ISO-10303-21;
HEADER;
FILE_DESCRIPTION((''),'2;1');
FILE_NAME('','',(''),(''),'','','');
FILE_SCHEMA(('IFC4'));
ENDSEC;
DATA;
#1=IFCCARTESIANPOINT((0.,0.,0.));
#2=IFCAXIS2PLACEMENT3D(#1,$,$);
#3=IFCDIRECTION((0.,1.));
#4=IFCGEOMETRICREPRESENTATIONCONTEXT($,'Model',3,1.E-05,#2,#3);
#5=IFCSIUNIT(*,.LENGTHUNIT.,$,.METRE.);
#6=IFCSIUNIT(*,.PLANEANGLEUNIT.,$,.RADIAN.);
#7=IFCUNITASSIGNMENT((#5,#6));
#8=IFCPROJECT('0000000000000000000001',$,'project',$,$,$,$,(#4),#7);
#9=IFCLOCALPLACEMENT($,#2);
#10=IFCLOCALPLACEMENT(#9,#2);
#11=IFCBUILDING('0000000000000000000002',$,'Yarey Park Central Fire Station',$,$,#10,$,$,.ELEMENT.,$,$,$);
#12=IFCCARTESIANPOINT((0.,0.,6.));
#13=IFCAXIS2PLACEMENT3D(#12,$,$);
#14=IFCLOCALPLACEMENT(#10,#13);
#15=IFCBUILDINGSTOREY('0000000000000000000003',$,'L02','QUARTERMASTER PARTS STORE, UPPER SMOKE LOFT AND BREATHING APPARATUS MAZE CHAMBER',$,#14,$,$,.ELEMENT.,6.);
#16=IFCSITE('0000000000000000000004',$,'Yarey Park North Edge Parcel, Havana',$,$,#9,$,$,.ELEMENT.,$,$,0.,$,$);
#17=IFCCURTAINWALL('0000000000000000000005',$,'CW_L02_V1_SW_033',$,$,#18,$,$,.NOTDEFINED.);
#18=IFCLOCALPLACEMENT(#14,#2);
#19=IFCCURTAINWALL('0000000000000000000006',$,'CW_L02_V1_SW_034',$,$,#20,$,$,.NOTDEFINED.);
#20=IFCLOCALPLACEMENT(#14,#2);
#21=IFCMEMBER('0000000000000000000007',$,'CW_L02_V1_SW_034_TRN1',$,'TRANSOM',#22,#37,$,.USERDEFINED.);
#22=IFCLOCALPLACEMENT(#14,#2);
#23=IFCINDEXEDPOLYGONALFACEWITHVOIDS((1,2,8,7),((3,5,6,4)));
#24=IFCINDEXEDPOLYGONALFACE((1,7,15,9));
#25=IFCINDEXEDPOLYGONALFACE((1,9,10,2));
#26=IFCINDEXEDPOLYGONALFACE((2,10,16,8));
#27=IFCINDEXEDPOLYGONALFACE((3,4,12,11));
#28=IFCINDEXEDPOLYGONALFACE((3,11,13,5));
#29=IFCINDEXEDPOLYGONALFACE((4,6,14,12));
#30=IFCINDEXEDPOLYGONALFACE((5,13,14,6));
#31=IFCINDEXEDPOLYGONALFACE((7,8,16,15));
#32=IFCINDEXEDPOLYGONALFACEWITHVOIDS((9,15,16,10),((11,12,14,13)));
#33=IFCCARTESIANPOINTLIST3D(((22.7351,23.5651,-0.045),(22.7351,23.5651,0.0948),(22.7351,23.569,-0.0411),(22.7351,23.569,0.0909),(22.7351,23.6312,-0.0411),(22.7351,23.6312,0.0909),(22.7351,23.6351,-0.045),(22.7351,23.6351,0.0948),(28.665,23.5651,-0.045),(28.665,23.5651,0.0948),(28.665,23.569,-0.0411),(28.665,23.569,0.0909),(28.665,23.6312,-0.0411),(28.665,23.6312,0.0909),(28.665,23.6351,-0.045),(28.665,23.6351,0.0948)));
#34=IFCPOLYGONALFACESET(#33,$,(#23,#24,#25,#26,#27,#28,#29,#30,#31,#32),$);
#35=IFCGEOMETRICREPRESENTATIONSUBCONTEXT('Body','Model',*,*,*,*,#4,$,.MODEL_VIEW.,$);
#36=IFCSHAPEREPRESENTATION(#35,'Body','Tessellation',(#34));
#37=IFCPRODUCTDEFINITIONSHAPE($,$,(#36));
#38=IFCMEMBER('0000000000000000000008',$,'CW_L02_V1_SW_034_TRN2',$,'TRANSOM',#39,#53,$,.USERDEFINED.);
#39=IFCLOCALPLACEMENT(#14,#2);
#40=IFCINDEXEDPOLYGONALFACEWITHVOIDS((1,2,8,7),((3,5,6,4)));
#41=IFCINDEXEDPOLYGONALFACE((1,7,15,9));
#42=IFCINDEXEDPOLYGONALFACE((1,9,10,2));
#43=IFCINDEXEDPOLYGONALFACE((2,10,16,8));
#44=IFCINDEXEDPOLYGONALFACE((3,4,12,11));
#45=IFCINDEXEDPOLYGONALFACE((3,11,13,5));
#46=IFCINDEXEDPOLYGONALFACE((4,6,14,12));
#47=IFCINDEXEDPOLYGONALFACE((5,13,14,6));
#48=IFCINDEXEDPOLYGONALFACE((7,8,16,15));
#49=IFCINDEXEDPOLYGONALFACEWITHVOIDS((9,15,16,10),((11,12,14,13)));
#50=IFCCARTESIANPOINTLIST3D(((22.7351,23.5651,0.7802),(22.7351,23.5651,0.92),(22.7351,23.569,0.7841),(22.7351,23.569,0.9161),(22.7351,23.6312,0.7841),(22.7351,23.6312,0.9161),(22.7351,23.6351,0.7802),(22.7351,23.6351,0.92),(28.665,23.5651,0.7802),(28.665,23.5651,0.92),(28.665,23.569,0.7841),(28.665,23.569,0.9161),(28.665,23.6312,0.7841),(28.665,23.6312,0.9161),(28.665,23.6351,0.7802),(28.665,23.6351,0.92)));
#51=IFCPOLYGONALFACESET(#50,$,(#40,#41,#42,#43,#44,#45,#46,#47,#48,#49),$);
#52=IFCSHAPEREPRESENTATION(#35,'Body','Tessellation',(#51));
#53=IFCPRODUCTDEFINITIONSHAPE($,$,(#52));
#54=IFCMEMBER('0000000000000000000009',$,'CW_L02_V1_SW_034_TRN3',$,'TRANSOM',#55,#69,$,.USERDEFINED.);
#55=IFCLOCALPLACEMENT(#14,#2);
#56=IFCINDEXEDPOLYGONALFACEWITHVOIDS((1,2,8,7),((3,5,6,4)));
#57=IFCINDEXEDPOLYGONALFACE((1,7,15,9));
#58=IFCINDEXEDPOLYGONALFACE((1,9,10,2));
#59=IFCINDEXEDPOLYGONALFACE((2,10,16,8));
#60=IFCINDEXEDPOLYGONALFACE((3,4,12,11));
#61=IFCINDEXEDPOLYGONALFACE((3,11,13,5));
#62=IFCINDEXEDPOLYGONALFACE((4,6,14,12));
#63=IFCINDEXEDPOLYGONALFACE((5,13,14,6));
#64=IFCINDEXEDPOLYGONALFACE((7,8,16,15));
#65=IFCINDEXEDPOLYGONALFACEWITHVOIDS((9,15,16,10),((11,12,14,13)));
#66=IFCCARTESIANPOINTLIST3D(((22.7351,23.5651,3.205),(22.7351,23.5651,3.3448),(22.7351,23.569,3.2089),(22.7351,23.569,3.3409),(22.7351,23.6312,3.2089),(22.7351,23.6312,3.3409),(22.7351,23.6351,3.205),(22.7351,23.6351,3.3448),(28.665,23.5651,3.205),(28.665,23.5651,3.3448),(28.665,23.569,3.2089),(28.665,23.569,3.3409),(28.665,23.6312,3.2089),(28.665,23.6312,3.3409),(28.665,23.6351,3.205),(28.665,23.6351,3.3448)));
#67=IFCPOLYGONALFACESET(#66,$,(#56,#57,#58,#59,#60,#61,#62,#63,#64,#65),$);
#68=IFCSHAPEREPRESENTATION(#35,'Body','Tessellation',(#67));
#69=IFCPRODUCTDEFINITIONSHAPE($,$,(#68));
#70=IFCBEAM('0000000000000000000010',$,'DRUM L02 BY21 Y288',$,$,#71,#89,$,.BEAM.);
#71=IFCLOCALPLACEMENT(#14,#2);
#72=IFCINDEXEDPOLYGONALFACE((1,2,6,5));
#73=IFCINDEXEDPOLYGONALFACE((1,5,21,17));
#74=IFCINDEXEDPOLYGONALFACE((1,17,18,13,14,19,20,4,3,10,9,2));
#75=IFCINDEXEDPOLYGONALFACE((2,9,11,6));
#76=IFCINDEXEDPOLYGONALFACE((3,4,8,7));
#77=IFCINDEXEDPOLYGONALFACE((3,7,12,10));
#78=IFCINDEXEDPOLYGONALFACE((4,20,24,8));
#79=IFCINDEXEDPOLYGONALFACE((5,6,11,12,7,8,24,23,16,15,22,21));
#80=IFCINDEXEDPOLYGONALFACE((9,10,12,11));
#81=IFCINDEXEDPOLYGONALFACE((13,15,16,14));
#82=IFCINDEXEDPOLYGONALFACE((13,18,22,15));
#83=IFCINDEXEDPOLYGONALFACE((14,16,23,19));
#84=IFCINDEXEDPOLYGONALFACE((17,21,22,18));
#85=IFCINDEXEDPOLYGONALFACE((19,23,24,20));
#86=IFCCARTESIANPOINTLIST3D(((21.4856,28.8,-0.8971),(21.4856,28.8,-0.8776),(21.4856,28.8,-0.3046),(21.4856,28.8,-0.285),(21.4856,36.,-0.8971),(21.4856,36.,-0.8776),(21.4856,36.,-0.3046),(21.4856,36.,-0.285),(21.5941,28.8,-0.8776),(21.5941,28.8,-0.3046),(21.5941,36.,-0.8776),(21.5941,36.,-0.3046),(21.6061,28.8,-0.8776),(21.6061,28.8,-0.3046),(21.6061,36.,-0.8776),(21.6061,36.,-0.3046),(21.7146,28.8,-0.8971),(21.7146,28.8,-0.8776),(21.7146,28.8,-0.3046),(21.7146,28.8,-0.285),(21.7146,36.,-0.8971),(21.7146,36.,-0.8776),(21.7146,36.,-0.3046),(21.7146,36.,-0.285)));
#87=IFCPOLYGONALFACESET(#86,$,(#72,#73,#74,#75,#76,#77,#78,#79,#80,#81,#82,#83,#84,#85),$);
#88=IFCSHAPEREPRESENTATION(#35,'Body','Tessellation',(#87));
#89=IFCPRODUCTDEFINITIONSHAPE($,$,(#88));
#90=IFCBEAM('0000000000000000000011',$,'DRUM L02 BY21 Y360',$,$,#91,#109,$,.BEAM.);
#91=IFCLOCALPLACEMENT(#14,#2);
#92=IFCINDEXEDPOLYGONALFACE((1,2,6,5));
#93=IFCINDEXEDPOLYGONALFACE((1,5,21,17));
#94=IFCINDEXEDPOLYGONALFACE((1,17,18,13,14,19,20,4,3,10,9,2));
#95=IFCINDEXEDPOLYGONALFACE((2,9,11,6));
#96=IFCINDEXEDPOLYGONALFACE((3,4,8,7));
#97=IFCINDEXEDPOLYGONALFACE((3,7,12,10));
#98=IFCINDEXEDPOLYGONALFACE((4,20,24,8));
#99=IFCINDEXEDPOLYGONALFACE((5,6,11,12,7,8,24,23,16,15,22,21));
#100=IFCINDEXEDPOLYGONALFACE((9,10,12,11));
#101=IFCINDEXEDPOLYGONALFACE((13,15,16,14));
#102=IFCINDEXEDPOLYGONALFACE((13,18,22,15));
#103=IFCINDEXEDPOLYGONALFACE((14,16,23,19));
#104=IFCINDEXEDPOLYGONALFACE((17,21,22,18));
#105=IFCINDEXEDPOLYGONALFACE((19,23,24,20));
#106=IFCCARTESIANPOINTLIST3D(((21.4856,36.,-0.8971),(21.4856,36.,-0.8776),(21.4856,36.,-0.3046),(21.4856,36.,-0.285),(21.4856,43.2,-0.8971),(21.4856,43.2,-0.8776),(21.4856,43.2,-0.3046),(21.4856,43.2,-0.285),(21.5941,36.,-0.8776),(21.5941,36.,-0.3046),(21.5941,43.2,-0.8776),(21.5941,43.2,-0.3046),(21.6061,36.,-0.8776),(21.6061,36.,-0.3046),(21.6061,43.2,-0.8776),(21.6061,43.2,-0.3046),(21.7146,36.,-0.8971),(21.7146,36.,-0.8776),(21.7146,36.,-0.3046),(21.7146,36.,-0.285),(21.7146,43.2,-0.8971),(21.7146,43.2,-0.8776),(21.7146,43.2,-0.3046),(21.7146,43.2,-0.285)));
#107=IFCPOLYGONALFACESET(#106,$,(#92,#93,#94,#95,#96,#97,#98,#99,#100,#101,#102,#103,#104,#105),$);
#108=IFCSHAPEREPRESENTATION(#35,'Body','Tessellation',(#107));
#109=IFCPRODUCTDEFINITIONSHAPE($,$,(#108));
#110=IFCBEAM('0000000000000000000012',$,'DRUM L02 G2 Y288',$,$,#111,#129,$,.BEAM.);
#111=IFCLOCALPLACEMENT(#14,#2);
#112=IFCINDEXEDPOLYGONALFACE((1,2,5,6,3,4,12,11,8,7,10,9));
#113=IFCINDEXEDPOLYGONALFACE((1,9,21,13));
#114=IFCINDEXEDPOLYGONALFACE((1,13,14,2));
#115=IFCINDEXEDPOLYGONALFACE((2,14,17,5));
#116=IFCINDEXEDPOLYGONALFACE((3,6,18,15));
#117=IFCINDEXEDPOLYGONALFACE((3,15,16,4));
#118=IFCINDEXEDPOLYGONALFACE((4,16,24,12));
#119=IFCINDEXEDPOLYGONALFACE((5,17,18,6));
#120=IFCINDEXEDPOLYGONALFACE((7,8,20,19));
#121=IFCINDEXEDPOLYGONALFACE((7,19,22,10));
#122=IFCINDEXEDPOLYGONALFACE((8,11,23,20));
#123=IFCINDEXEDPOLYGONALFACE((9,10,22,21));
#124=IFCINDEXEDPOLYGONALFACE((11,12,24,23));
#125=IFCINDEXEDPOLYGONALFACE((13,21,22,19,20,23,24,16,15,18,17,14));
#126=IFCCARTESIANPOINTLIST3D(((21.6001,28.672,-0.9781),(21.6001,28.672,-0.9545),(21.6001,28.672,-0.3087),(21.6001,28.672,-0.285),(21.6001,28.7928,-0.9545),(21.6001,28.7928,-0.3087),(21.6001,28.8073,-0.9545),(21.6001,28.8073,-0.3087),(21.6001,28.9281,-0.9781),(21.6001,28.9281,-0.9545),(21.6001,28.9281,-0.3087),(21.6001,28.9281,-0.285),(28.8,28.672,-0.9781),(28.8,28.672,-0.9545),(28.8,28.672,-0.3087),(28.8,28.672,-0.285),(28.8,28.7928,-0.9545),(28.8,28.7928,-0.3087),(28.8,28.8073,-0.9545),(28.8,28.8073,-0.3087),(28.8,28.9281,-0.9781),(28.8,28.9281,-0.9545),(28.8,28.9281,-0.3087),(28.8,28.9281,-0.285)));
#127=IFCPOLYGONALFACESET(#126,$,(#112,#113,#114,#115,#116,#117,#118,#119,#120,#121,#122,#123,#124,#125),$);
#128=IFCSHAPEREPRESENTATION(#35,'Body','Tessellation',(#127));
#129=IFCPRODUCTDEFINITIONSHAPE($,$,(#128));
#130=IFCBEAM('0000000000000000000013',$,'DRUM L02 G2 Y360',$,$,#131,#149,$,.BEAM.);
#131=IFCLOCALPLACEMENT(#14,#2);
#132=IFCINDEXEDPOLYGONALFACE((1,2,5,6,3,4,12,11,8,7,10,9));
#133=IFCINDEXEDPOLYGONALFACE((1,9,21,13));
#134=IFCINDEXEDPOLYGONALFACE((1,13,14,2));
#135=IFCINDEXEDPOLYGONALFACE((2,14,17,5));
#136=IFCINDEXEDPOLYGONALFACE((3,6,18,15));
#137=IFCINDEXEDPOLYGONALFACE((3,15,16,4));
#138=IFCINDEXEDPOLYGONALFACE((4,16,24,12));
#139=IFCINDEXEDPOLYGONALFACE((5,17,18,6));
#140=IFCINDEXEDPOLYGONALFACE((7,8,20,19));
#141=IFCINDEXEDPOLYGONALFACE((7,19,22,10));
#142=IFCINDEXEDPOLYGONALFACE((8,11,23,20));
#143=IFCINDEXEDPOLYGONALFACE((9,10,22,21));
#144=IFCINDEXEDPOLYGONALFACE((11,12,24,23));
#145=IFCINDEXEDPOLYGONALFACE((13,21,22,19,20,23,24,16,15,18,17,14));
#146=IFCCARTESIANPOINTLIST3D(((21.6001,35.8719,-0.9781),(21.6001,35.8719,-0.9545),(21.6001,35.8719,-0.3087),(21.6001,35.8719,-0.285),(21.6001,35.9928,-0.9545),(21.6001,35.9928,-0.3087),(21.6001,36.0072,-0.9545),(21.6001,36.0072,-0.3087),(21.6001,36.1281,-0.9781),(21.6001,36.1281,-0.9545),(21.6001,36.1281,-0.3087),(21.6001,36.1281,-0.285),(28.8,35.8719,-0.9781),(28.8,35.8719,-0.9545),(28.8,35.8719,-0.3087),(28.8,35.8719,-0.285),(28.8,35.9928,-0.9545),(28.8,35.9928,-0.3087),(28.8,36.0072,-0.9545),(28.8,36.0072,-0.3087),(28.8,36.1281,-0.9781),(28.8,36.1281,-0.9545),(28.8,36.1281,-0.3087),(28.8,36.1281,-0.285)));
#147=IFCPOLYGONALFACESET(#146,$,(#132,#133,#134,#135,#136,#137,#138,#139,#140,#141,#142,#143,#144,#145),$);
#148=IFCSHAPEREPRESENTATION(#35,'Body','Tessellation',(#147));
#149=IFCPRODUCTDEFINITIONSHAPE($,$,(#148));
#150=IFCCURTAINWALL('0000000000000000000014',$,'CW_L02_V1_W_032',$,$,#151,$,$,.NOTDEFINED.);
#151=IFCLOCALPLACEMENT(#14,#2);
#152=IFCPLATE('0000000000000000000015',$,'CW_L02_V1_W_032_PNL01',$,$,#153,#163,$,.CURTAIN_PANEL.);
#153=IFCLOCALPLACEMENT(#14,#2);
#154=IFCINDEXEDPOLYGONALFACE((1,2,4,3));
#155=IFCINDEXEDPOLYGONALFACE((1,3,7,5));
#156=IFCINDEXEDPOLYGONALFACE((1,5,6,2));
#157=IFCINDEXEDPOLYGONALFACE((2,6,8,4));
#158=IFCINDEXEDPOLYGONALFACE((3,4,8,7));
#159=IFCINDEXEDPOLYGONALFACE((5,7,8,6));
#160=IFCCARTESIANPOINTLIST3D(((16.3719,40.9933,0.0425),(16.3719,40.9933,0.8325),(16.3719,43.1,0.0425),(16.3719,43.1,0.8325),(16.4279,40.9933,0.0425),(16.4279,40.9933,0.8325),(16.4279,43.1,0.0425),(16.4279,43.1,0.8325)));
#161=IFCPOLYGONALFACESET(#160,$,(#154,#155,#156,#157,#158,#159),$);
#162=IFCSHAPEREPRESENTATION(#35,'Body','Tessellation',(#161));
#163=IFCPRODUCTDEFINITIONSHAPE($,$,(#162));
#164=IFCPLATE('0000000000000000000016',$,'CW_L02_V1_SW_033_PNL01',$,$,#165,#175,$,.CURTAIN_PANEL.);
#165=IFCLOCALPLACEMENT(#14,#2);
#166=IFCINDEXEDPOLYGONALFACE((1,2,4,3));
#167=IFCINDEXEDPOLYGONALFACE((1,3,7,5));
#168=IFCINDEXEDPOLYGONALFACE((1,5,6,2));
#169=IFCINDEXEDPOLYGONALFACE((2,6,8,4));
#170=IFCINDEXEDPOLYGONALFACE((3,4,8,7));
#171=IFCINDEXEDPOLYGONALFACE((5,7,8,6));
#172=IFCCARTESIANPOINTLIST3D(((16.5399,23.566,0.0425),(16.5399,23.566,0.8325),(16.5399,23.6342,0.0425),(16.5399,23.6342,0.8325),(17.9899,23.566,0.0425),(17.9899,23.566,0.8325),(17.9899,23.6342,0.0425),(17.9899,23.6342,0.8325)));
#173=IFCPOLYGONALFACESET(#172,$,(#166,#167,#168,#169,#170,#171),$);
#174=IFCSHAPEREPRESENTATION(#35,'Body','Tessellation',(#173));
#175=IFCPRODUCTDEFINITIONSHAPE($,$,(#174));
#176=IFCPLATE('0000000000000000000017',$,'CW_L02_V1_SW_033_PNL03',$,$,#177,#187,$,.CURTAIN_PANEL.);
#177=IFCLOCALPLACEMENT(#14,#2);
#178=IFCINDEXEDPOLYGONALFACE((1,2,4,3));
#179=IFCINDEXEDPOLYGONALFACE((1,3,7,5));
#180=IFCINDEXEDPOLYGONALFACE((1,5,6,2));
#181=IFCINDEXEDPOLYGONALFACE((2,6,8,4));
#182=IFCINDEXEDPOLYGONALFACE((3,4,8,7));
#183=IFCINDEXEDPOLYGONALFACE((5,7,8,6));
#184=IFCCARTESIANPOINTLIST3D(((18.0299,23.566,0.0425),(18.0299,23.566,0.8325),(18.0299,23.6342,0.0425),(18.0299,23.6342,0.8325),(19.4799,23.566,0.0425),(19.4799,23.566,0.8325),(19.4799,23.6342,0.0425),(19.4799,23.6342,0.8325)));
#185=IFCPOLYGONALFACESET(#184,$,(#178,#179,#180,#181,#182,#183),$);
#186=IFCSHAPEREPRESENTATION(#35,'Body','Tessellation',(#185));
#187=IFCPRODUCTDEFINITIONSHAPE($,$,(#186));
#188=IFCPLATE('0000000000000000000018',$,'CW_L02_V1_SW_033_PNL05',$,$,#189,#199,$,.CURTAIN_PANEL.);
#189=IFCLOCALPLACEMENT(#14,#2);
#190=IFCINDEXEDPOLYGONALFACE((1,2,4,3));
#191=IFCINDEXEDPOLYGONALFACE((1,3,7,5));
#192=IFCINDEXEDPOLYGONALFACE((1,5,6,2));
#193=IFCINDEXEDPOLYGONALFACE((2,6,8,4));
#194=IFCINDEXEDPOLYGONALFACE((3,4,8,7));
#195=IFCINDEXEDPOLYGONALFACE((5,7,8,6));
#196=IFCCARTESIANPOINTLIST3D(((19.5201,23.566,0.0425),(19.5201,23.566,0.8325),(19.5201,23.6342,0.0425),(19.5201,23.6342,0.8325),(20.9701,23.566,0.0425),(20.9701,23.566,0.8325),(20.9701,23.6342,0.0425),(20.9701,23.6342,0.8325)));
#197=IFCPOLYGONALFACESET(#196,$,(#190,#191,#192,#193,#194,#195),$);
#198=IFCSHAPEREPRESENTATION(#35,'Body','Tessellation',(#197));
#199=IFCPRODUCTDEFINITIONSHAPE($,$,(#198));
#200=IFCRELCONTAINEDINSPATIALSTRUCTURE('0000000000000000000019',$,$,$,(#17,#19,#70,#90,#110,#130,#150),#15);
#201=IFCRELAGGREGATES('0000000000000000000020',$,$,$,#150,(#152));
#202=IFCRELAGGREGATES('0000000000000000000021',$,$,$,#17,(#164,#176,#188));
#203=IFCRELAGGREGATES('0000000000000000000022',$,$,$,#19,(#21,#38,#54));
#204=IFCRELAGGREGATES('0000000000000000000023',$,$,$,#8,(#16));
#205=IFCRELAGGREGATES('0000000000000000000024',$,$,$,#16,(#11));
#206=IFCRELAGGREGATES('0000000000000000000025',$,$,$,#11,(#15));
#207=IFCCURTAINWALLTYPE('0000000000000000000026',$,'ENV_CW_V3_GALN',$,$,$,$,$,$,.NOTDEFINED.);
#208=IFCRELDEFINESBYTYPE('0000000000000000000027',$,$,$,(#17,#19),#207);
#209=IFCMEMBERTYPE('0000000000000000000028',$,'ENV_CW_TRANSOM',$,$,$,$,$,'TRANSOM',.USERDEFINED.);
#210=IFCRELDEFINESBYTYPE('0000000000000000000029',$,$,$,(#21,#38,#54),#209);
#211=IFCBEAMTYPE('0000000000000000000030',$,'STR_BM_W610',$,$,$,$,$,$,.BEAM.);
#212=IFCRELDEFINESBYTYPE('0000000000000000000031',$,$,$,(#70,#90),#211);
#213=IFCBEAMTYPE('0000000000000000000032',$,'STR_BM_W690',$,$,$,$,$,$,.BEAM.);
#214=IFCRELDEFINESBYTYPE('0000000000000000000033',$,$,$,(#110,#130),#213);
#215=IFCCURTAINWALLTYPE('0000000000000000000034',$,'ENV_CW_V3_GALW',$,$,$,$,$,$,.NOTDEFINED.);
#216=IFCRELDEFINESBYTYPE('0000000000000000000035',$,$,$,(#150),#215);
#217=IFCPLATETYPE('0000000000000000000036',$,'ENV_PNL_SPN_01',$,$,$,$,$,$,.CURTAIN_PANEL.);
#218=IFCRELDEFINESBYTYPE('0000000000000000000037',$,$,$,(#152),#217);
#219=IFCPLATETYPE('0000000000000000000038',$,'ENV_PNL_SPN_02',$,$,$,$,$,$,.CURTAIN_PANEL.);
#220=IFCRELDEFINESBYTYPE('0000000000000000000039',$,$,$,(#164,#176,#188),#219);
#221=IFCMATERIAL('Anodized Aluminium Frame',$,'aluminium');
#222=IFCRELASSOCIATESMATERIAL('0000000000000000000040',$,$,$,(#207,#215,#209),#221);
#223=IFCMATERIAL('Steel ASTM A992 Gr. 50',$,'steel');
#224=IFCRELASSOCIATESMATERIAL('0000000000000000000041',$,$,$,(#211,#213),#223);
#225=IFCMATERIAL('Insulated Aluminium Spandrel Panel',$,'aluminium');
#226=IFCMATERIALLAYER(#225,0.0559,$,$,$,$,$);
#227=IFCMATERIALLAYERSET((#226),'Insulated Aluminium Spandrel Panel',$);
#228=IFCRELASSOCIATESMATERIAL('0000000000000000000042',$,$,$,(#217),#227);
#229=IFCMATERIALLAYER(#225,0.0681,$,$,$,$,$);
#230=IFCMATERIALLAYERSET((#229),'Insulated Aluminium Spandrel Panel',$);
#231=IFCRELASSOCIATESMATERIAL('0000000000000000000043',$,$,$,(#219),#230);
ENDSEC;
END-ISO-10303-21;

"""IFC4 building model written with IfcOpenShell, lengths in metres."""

from ifc_helpers import new_model, si_unit, direction, frame, origin, origin_2d, place, context, subcontext, project, spatial, rectangle, hollow_rectangle, i_section, extrude, material, layer, layer_set, material_profile, profile_set, type_object, element, aggregate, save


model = new_model("IFC4")

# Units and contexts
model_context = context("Model", 3, precision=1e-05, world=origin(), true_north=direction((0.0, 1.0)))
body_context = subcontext(model_context, "Body", "Model", "MODEL_VIEW")
ifc_project = project(units=[si_unit("LENGTHUNIT", "METRE"), si_unit("PLANEANGLEUNIT", "RADIAN")], contexts=[model_context])

# Site, building, storey
site_placement = place(None, origin())
site = spatial("IfcSite", under=ifc_project, at=site_placement, Name="Yarey Park North Edge Parcel, Havana", CompositionType="ELEMENT", RefElevation=0.0)
building_placement = place(site_placement, origin())
building = spatial("IfcBuilding", under=site, at=building_placement, Name="Yarey Park Central Fire Station", CompositionType="ELEMENT")
storey_placement = place(building_placement, frame((0.0, 0.0, 6.0)))
storey = spatial("IfcBuildingStorey", under=building, at=storey_placement, Name="L02", Description="QUARTERMASTER PARTS STORE, UPPER SMOKE LOFT AND BREATHING APPARATUS MAZE CHAMBER", CompositionType="ELEMENT", Elevation=6.0)

# Shared definitions
ifc_material_1 = material(Name="Steel ASTM A992 Gr. 50", Category="steel")

# Curtain walls, members
ifc_material_2 = material(Name="Anodized Aluminium Frame", Category="aluminium")
curtain_wall_type_1 = type_object("IfcCurtainWallType", Name="ENV_CW_V3_GALN", PredefinedType="NOTDEFINED", material=ifc_material_2)
curtain_wall_1_placement = place(storey_placement, origin())
curtain_wall_1 = element("IfcCurtainWall", 1, at=curtain_wall_1_placement, inside=storey, type_object=curtain_wall_type_1, Name="CW_L02_V1_SW_033", PredefinedType="NOTDEFINED")
curtain_wall_2_placement = place(storey_placement, origin())
curtain_wall_2 = element("IfcCurtainWall", 2, at=curtain_wall_2_placement, inside=storey, type_object=curtain_wall_type_1, Name="CW_L02_V1_SW_034", PredefinedType="NOTDEFINED")
ifc_material_profile_1 = material_profile(ifc_material_2, hollow_rectangle(XDim=0.0701, YDim=0.1399, WallThickness=0.0039, at=origin_2d()), Name="ALU 140x70x4")
ifc_profile_set_1 = profile_set([ifc_material_profile_1], Name="Anodized Aluminium Frame")
member_type_1 = type_object("IfcMemberType", Name="ENV_CW_TRANSOM", ElementType="TRANSOM", PredefinedType="USERDEFINED", material=ifc_profile_set_1)
member_1_placement = place(storey_placement, frame((22.7351, 23.6001, 0.0249), z_axis=(1.0, 0.0, 0.0), x_axis=(0.0, 1.0, 0.0)))
member_1 = element("IfcMember", 3, at=member_1_placement, type_object=member_type_1, Name="CW_L02_V1_SW_034_TRN1", ObjectType="TRANSOM", PredefinedType="USERDEFINED", context=body_context, shape_type="SweptSolid", body=[
    extrude(hollow_rectangle(XDim=0.0701, YDim=0.1399, WallThickness=0.0039, at=origin_2d()), origin(), (0.0, 0.0, 1.0), 5.9299),
])
member_2_placement = place(storey_placement, frame((22.7351, 23.6001, 0.8501), z_axis=(1.0, 0.0, 0.0), x_axis=(0.0, 1.0, 0.0)))
member_2 = element("IfcMember", 4, at=member_2_placement, type_object=member_type_1, Name="CW_L02_V1_SW_034_TRN2", ObjectType="TRANSOM", PredefinedType="USERDEFINED", context=body_context, shape_type="SweptSolid", body=[
    extrude(hollow_rectangle(XDim=0.0701, YDim=0.1399, WallThickness=0.0039, at=origin_2d()), origin(), (0.0, 0.0, 1.0), 5.9299),
])
member_3_placement = place(storey_placement, frame((22.7351, 23.6001, 3.2749), z_axis=(1.0, 0.0, 0.0), x_axis=(0.0, 1.0, 0.0)))
member_3 = element("IfcMember", 5, at=member_3_placement, type_object=member_type_1, Name="CW_L02_V1_SW_034_TRN3", ObjectType="TRANSOM", PredefinedType="USERDEFINED", context=body_context, shape_type="SweptSolid", body=[
    extrude(hollow_rectangle(XDim=0.0701, YDim=0.1399, WallThickness=0.0039, at=origin_2d()), origin(), (0.0, 0.0, 1.0), 5.9299),
])

# Beams
ifc_material_profile_2 = material_profile(ifc_material_1, i_section(OverallWidth=0.229, OverallDepth=0.6121, WebThickness=0.012, FlangeThickness=0.0195, at=origin_2d()), Name="W610x125")
ifc_profile_set_2 = profile_set([ifc_material_profile_2], Name="Steel ASTM A992 Gr. 50")
beam_type_1 = type_object("IfcBeamType", Name="STR_BM_W610", PredefinedType="BEAM", material=ifc_profile_set_2)
for number, where, z_axis, x_axis, name in (
    (6, (21.6001, 28.8, -0.5911), (0.0, 1.0, 0.0), (-1.0, 0.0, 0.0), "DRUM L02 BY21 Y288"),
    (7, (21.6001, 36.0, -0.5911), (0.0, 1.0, 0.0), (-1.0, 0.0, 0.0), "DRUM L02 BY21 Y360"),
):
    element("IfcBeam", number, at=place(storey_placement, frame(where, z_axis=z_axis, x_axis=x_axis)), inside=storey, type_object=beam_type_1, Name=name, PredefinedType="BEAM", context=body_context, shape_type="SweptSolid", body=[
        extrude(i_section(OverallWidth=0.229, OverallDepth=0.6121, WebThickness=0.012, FlangeThickness=0.0195, at=origin_2d()), origin(), (0.0, 0.0, 1.0), 7.2),
    ])
ifc_material_profile_3 = material_profile(ifc_material_1, i_section(OverallWidth=0.2561, OverallDepth=0.6931, WebThickness=0.0144, FlangeThickness=0.0237, at=origin_2d()), Name="W690x170")
ifc_profile_set_3 = profile_set([ifc_material_profile_3], Name="Steel ASTM A992 Gr. 50")
beam_type_2 = type_object("IfcBeamType", Name="STR_BM_W690", PredefinedType="BEAM", material=ifc_profile_set_3)
for number, where, z_axis, x_axis, name in (
    (8, (21.6001, 28.8, -0.6316), (1.0, 0.0, 0.0), (0.0, 1.0, 0.0), "DRUM L02 G2 Y288"),
    (9, (21.6001, 36.0, -0.6316), (1.0, 0.0, 0.0), (0.0, 1.0, 0.0), "DRUM L02 G2 Y360"),
):
    element("IfcBeam", number, at=place(storey_placement, frame(where, z_axis=z_axis, x_axis=x_axis)), inside=storey, type_object=beam_type_2, Name=name, PredefinedType="BEAM", context=body_context, shape_type="SweptSolid", body=[
        extrude(i_section(OverallWidth=0.2561, OverallDepth=0.6931, WebThickness=0.0144, FlangeThickness=0.0237, at=origin_2d()), origin(), (0.0, 0.0, 1.0), 7.2),
    ])

# Curtain wall, plate
curtain_wall_type_2 = type_object("IfcCurtainWallType", Name="ENV_CW_V3_GALW", PredefinedType="NOTDEFINED", material=ifc_material_2)
curtain_wall_3_placement = place(storey_placement, origin())
curtain_wall_3 = element("IfcCurtainWall", 10, at=curtain_wall_3_placement, inside=storey, type_object=curtain_wall_type_2, Name="CW_L02_V1_W_032", PredefinedType="NOTDEFINED")
ifc_material_3 = material(Name="Insulated Aluminium Spandrel Panel", Category="aluminium")
ifc_layer_1 = layer(ifc_material_3, 0.0559)
ifc_layer_set_1 = layer_set([ifc_layer_1], Name="Insulated Aluminium Spandrel Panel")
plate_type_1 = type_object("IfcPlateType", Name="ENV_PNL_SPN_01", PredefinedType="CURTAIN_PANEL", material=ifc_layer_set_1)
plate_1_placement = place(storey_placement, frame((16.3999, 42.0466, 0.0425), z_axis=(0.0, 0.0, 1.0), x_axis=(0.0, -1.0, 0.0)))
plate_1 = element("IfcPlate", 11, at=plate_1_placement, type_object=plate_type_1, Name="CW_L02_V1_W_032_PNL01", PredefinedType="CURTAIN_PANEL", context=body_context, shape_type="SweptSolid", body=[
    extrude(rectangle(XDim=2.1067, YDim=0.0559, at=origin_2d()), origin(), (0.0, 0.0, 1.0), 0.79),
])

# Plates
ifc_layer_2 = layer(ifc_material_3, 0.0681)
ifc_layer_set_2 = layer_set([ifc_layer_2], Name="Insulated Aluminium Spandrel Panel")
plate_type_2 = type_object("IfcPlateType", Name="ENV_PNL_SPN_02", PredefinedType="CURTAIN_PANEL", material=ifc_layer_set_2)
plate_2_placement = place(storey_placement, frame((17.2649, 23.6001, 0.0425), z_axis=(0.0, 0.0, 1.0), x_axis=(1.0, 0.0, 0.0)))
plate_2 = element("IfcPlate", 12, at=plate_2_placement, type_object=plate_type_2, Name="CW_L02_V1_SW_033_PNL01", PredefinedType="CURTAIN_PANEL", context=body_context, shape_type="SweptSolid", body=[
    extrude(rectangle(XDim=1.45, YDim=0.0681, at=origin_2d()), origin(), (0.0, 0.0, 1.0), 0.79),
])
plate_3_placement = place(storey_placement, frame((18.7549, 23.6001, 0.0425), z_axis=(0.0, 0.0, 1.0), x_axis=(1.0, 0.0, 0.0)))
plate_3 = element("IfcPlate", 13, at=plate_3_placement, type_object=plate_type_2, Name="CW_L02_V1_SW_033_PNL03", PredefinedType="CURTAIN_PANEL", context=body_context, shape_type="SweptSolid", body=[
    extrude(rectangle(XDim=1.45, YDim=0.0681, at=origin_2d()), origin(), (0.0, 0.0, 1.0), 0.79),
])
plate_4_placement = place(storey_placement, frame((20.2451, 23.6001, 0.0425), z_axis=(0.0, 0.0, 1.0), x_axis=(1.0, 0.0, 0.0)))
plate_4 = element("IfcPlate", 14, at=plate_4_placement, type_object=plate_type_2, Name="CW_L02_V1_SW_033_PNL05", PredefinedType="CURTAIN_PANEL", context=body_context, shape_type="SweptSolid", body=[
    extrude(rectangle(XDim=1.45, YDim=0.0681, at=origin_2d()), origin(), (0.0, 0.0, 1.0), 0.79),
])
aggregate(curtain_wall_3, [plate_1])
aggregate(curtain_wall_1, [plate_2, plate_3, plate_4])
aggregate(curtain_wall_2, [member_1, member_2, member_3])

save(model, "model.ifc")
